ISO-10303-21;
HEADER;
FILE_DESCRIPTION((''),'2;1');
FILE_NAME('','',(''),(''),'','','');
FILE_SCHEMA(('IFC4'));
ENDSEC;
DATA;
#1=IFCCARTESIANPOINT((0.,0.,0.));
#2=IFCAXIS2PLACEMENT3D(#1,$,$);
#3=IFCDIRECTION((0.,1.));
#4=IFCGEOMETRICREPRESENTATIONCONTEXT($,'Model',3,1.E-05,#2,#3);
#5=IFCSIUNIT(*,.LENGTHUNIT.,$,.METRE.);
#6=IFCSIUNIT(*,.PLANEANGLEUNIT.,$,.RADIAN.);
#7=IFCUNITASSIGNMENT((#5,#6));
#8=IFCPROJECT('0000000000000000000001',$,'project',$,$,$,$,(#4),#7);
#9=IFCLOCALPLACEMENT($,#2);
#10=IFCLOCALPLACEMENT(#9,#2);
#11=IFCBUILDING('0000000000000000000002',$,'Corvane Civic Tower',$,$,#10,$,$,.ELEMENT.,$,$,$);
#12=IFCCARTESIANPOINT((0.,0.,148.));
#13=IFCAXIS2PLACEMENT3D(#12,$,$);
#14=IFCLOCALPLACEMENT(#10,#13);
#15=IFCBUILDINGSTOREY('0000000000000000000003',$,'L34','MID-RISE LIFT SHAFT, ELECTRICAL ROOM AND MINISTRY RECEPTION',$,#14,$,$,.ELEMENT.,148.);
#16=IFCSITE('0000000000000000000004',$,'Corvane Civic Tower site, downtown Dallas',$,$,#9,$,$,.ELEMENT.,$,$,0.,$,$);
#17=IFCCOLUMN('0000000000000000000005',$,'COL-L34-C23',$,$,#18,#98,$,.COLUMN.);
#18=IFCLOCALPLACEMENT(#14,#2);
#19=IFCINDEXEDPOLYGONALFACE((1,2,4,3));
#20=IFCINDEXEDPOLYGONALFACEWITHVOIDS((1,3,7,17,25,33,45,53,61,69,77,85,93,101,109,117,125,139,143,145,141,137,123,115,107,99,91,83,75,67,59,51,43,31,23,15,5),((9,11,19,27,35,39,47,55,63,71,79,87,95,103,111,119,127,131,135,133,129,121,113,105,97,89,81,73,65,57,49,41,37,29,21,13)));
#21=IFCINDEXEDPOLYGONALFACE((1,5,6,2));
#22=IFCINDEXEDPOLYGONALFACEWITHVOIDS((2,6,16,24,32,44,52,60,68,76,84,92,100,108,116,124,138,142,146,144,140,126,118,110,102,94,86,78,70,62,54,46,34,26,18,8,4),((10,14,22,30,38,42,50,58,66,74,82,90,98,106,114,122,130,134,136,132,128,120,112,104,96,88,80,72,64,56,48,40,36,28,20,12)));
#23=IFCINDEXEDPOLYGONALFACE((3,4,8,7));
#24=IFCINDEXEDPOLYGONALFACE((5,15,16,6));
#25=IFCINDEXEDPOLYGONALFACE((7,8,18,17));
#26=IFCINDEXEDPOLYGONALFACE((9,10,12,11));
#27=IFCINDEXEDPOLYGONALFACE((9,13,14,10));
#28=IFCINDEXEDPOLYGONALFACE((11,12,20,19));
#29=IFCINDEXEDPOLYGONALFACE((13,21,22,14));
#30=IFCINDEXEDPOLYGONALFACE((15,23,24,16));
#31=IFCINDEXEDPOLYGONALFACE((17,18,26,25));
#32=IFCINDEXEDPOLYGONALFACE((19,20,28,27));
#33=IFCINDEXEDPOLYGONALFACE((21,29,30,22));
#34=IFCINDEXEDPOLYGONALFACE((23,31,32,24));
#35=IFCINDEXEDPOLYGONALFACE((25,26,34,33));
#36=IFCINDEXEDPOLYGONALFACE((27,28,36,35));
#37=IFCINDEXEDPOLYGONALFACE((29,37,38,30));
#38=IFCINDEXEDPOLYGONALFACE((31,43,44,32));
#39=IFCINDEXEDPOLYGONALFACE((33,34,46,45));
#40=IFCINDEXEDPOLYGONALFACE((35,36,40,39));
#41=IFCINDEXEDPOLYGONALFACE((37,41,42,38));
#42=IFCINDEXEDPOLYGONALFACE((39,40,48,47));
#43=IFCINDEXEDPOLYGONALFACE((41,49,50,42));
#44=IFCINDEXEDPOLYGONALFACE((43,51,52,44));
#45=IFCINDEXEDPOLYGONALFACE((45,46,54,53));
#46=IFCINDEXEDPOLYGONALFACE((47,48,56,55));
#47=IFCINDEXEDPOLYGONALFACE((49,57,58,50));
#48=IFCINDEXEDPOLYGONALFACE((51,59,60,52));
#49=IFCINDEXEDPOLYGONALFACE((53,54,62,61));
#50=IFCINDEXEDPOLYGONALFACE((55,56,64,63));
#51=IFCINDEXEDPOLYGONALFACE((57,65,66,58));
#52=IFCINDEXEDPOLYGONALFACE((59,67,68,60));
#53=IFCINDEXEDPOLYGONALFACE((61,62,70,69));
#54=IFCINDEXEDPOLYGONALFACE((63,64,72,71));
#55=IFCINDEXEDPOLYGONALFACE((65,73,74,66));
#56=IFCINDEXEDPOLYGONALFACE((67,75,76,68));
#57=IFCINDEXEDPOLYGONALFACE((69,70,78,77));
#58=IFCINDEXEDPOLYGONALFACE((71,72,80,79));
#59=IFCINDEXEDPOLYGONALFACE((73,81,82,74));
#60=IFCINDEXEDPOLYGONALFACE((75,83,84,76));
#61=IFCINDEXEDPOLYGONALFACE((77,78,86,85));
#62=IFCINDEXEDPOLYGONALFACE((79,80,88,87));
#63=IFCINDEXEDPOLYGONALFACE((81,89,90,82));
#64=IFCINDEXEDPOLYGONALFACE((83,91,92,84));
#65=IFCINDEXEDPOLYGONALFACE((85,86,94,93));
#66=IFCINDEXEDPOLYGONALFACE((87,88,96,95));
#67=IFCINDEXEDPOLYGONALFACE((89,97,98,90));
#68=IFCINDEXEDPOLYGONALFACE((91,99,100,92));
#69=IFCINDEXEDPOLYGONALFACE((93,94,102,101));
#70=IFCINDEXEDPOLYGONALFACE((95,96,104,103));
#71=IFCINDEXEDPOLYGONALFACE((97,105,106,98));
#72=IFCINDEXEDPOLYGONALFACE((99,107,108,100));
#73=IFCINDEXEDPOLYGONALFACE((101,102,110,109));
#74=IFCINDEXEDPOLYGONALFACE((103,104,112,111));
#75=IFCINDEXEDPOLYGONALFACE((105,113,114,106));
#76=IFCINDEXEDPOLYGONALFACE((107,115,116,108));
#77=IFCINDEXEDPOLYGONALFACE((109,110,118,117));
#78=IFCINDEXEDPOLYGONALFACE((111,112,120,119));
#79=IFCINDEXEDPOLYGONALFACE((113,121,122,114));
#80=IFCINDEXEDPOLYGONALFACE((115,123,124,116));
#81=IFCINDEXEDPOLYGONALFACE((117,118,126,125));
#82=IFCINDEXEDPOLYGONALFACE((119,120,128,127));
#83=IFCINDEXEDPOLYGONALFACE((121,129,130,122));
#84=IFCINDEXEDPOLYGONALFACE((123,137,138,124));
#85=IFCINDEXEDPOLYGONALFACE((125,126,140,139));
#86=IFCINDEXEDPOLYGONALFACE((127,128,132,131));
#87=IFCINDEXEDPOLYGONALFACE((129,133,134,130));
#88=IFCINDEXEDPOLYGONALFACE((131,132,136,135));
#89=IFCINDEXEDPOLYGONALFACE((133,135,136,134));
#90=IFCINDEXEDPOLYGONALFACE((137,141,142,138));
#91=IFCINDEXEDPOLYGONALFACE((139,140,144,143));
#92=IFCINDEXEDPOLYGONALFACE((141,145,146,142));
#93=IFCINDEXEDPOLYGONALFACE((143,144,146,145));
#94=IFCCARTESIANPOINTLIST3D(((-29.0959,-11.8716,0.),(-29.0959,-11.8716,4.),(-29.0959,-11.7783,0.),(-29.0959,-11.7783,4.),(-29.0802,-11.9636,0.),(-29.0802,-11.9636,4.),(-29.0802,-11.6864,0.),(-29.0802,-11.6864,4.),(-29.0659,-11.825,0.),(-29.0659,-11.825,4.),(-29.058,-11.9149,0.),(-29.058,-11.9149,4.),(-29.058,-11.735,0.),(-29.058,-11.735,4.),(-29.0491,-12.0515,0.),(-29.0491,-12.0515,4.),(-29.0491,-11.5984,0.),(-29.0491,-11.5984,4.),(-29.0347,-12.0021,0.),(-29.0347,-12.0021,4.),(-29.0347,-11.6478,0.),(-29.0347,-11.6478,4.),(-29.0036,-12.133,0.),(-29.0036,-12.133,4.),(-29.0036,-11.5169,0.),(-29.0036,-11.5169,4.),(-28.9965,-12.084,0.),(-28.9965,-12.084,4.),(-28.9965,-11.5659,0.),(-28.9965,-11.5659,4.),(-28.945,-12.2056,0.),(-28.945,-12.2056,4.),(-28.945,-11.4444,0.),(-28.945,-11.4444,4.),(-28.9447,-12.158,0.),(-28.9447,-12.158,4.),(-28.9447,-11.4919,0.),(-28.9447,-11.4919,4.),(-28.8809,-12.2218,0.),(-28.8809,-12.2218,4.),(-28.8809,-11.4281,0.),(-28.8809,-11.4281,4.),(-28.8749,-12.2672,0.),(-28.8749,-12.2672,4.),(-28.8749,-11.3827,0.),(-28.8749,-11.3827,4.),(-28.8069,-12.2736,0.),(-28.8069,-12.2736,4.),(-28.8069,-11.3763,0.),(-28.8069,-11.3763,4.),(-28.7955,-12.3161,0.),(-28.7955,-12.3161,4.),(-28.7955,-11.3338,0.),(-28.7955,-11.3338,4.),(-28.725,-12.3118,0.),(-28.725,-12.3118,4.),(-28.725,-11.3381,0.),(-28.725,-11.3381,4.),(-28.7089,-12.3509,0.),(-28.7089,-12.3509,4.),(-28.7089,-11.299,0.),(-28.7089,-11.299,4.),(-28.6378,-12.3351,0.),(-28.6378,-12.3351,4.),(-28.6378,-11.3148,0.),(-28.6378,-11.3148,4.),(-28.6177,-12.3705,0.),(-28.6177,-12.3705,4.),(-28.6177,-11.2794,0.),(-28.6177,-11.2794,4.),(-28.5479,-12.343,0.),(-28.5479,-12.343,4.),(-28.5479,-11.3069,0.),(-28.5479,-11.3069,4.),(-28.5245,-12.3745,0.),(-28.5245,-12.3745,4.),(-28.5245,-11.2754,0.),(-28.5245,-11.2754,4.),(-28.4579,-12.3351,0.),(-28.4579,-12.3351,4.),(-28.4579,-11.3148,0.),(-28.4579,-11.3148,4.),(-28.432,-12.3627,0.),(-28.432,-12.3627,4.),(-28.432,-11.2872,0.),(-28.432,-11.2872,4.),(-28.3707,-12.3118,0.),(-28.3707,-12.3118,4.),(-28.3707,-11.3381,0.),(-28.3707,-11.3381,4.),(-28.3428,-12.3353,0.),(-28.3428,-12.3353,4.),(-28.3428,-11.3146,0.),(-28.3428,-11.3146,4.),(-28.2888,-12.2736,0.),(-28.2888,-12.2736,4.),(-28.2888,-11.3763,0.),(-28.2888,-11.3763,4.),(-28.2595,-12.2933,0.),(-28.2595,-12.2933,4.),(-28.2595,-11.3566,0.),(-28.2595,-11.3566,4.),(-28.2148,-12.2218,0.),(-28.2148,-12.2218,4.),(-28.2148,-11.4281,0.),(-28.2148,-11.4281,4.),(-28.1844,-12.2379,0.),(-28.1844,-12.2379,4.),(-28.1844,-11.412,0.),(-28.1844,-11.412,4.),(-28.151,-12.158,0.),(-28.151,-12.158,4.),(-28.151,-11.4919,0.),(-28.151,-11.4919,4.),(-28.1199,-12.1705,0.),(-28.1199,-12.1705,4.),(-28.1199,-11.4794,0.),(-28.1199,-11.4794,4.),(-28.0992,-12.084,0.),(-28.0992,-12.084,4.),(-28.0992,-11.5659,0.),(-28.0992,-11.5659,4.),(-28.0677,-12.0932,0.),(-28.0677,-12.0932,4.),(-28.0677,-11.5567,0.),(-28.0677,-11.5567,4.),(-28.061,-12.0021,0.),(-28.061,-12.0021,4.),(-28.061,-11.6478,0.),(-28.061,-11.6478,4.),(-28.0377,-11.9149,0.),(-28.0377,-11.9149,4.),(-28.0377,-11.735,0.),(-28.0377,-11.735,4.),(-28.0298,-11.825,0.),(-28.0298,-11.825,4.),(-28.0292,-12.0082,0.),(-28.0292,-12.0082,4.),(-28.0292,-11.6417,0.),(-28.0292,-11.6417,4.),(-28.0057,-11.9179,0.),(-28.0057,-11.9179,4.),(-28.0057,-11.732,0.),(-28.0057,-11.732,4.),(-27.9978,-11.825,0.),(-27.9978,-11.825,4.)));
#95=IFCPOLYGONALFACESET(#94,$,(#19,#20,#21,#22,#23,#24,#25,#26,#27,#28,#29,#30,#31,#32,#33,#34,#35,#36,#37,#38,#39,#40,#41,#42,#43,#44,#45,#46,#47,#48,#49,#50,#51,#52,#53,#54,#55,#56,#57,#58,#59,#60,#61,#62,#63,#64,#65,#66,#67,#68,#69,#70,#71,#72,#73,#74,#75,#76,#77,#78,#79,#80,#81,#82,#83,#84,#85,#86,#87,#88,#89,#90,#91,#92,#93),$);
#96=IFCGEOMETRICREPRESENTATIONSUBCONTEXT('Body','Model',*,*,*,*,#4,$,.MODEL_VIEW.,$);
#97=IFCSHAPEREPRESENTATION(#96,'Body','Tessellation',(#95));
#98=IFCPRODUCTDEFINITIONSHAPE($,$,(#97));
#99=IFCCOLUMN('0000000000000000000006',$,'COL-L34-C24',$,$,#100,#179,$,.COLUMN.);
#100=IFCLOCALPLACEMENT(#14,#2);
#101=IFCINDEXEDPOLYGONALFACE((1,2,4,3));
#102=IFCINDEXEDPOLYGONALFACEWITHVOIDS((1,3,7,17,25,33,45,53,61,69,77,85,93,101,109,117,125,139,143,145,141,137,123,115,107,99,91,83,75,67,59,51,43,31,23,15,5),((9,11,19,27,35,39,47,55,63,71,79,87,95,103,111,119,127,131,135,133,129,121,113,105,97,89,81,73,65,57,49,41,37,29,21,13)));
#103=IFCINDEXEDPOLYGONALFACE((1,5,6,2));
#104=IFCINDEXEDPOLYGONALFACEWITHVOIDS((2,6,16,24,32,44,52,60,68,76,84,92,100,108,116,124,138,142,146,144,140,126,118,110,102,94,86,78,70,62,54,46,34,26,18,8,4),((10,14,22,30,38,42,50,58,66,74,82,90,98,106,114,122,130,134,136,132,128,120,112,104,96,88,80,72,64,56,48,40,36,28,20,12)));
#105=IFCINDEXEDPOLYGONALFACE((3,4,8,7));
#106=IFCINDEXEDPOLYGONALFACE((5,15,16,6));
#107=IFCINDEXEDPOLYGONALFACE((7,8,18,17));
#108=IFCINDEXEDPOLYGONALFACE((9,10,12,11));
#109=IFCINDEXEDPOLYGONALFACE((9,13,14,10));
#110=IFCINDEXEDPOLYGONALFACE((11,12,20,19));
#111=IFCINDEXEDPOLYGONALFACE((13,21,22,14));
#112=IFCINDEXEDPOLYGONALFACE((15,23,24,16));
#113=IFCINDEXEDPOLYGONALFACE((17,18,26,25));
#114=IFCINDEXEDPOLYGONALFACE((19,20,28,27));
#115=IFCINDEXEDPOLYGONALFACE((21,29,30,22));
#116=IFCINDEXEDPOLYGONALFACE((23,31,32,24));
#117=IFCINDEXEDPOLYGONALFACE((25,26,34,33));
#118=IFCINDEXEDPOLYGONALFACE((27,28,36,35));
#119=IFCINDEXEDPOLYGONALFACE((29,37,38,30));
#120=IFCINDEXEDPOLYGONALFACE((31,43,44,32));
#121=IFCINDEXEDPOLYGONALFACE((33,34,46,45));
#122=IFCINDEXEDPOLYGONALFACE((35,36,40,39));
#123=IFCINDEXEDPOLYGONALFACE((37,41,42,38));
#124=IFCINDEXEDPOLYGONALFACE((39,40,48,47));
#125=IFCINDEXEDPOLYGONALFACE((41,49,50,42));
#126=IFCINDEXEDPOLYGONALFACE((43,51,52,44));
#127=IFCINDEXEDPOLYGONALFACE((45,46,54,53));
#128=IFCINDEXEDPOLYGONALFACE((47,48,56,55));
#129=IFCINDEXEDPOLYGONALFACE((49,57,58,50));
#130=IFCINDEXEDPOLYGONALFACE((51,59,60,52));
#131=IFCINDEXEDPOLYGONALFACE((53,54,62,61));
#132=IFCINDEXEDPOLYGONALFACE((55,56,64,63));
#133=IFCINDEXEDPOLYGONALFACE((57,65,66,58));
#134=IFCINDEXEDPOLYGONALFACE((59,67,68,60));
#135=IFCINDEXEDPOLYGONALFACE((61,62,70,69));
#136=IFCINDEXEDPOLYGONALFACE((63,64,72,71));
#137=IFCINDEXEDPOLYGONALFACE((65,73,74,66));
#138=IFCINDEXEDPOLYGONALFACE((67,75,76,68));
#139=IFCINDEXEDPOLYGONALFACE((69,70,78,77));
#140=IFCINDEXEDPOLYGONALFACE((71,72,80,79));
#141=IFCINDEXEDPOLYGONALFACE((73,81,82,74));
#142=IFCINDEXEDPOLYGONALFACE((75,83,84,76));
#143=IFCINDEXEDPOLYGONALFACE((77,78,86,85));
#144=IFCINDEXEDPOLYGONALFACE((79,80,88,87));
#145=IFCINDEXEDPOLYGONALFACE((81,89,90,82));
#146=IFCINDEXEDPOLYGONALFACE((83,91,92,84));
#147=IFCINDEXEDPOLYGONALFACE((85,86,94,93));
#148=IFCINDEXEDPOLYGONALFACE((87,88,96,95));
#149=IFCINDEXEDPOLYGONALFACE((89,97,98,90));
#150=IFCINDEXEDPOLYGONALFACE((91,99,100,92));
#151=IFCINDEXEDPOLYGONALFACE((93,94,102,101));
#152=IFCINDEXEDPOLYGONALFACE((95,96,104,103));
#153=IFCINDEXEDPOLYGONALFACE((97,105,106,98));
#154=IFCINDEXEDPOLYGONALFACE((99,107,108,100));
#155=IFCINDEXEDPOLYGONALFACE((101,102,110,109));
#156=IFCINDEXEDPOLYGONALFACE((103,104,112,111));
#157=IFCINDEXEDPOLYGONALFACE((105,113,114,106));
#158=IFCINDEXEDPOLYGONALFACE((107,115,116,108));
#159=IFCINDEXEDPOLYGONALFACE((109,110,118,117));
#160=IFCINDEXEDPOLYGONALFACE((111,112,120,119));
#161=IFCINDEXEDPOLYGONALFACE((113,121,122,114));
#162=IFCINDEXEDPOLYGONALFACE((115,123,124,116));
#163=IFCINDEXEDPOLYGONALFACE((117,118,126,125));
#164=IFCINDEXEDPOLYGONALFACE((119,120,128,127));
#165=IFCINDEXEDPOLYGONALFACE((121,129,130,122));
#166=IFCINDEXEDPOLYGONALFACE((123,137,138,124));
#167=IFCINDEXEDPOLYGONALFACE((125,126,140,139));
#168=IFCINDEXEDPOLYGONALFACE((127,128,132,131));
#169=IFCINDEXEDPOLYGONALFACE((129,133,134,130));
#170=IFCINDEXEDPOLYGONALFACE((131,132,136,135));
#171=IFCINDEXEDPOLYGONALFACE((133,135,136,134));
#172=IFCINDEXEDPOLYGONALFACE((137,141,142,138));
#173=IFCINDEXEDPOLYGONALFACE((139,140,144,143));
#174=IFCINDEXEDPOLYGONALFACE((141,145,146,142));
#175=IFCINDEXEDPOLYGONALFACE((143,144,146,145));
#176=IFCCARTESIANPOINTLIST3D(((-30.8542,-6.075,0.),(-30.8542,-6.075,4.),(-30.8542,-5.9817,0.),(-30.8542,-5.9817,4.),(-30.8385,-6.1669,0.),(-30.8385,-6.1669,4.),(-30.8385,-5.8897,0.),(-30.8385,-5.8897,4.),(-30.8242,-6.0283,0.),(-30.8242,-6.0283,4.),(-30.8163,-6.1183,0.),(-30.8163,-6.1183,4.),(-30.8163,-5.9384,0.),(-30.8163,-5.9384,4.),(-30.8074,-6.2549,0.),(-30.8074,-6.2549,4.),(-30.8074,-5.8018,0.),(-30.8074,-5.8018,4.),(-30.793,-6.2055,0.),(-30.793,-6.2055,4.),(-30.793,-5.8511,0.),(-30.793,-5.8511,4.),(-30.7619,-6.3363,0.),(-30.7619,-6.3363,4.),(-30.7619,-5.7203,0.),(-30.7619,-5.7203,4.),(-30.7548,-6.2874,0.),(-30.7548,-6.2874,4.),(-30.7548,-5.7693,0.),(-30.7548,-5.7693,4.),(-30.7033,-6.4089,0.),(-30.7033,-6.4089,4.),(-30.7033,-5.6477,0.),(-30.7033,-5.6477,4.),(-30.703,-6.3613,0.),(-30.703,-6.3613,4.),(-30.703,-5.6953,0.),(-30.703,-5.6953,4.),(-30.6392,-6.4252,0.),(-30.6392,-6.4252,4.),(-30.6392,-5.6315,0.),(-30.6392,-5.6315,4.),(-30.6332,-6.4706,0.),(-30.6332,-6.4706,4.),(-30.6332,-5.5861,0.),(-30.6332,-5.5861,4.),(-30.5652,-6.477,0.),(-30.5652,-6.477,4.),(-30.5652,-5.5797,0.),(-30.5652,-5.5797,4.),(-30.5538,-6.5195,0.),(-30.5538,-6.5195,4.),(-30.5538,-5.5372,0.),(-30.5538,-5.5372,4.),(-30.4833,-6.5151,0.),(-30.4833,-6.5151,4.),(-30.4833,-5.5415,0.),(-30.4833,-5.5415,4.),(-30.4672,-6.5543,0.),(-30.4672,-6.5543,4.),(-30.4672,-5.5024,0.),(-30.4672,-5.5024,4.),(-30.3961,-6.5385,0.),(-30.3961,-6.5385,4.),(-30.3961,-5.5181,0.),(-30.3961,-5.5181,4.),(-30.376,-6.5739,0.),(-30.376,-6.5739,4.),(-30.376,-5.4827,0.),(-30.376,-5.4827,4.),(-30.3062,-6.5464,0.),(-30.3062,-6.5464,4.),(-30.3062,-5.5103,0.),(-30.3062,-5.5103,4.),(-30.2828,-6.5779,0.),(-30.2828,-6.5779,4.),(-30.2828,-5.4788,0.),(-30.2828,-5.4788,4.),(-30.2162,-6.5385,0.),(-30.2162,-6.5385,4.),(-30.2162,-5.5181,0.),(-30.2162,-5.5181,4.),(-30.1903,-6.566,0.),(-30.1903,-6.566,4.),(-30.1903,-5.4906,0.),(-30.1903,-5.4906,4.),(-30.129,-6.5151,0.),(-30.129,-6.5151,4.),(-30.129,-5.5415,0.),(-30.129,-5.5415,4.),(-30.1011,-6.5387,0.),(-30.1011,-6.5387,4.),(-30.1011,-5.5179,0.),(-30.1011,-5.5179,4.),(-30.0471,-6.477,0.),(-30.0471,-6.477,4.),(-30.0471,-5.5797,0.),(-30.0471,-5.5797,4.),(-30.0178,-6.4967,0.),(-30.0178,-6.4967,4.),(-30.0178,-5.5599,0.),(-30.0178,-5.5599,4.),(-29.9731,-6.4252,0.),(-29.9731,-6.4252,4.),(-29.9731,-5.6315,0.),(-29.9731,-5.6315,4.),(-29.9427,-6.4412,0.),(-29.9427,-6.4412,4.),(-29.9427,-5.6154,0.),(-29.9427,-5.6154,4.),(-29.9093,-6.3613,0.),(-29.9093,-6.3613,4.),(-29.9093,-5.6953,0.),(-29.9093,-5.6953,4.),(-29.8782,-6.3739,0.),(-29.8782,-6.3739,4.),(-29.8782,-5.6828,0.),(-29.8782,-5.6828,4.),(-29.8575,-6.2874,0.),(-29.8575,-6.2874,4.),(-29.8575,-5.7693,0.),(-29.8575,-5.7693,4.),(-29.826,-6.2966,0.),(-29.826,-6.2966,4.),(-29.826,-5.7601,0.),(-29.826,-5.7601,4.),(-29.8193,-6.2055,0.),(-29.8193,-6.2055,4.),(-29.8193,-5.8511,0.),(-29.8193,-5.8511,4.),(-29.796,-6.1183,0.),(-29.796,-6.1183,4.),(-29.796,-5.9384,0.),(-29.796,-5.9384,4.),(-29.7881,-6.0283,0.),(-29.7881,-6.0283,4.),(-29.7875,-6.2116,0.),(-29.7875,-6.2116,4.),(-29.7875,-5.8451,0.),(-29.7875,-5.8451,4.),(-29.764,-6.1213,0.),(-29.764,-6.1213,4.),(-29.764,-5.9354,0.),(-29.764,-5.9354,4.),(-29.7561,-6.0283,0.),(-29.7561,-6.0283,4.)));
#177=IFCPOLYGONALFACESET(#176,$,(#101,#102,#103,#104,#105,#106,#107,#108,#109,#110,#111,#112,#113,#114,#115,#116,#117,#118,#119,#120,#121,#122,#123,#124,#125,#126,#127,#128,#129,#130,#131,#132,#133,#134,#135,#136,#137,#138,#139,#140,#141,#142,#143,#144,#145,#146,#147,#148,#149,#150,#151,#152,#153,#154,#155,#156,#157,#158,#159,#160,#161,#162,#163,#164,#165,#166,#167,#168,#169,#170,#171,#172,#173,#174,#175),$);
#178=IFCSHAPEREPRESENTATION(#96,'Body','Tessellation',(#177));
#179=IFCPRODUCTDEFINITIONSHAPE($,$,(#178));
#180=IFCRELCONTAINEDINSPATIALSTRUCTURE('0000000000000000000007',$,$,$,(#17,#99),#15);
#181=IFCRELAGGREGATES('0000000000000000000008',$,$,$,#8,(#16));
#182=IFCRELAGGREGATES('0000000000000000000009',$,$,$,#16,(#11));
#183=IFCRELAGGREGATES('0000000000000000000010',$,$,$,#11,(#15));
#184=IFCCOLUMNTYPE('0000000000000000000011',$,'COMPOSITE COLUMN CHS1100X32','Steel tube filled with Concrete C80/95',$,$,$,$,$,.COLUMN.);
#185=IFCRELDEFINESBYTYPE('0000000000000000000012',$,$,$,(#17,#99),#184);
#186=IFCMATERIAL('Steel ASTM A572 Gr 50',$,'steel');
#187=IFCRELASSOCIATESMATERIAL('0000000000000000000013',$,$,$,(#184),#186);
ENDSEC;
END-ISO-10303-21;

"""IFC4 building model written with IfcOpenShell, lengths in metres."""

from ifc_helpers import new_model, si_unit, direction, frame, origin, origin_2d, place, context, subcontext, project, spatial, hollow_circle, extrude, material, material_profile, profile_set, type_object, element, save


model = new_model("IFC4")

# Units and contexts
model_context = context("Model", 3, precision=1e-05, world=origin(), true_north=direction((0.0, 1.0)))
body_context = subcontext(model_context, "Body", "Model", "MODEL_VIEW")
ifc_project = project(units=[si_unit("LENGTHUNIT", "METRE"), si_unit("PLANEANGLEUNIT", "RADIAN")], contexts=[model_context])

# Site, building, storey
site_placement = place(None, origin())
site = spatial("IfcSite", under=ifc_project, at=site_placement, Name="Corvane Civic Tower site, downtown Dallas", CompositionType="ELEMENT", RefElevation=0.0)
building_placement = place(site_placement, origin())
building = spatial("IfcBuilding", under=site, at=building_placement, Name="Corvane Civic Tower", CompositionType="ELEMENT")
storey_placement = place(building_placement, frame((0.0, 0.0, 148.0)))
storey = spatial("IfcBuildingStorey", under=building, at=storey_placement, Name="L34", Description="MID-RISE LIFT SHAFT, ELECTRICAL ROOM AND MINISTRY RECEPTION", CompositionType="ELEMENT", Elevation=148.0)

# Columns
ifc_material_1 = material(Name="Steel ASTM A572 Gr 50", Category="steel")
ifc_material_profile_1 = material_profile(ifc_material_1, hollow_circle(Radius=0.55, WallThickness=0.032, at=origin_2d()), Name="CHS1100X32")
ifc_profile_set_1 = profile_set([ifc_material_profile_1], Name="Steel ASTM A572 Gr 50")
column_type = type_object("IfcColumnType", Name="COMPOSITE COLUMN CHS1100X32", Description="Steel tube filled with Concrete C80/95", PredefinedType="COLUMN", material=ifc_profile_set_1)
for number, where, z_axis, x_axis, name in (
    (1, (-28.5479, -11.825, 0.0), (0.0, 0.0, 1.0), (1.0, 0.0, 0.0), "COL-L34-C23"),
    (2, (-30.3062, -6.0283, 0.0), (0.0, 0.0, 1.0), (1.0, 0.0, 0.0), "COL-L34-C24"),
):
    element("IfcColumn", number, at=place(storey_placement, frame(where, z_axis=z_axis, x_axis=x_axis)), inside=storey, type_object=column_type, Name=name, PredefinedType="COLUMN", context=body_context, shape_type="SweptSolid", body=[
        extrude(hollow_circle(Radius=0.55, WallThickness=0.032, at=origin_2d()), origin(), (0.0, 0.0, 1.0), 4.0),
    ])

save(model, "model.ifc")
